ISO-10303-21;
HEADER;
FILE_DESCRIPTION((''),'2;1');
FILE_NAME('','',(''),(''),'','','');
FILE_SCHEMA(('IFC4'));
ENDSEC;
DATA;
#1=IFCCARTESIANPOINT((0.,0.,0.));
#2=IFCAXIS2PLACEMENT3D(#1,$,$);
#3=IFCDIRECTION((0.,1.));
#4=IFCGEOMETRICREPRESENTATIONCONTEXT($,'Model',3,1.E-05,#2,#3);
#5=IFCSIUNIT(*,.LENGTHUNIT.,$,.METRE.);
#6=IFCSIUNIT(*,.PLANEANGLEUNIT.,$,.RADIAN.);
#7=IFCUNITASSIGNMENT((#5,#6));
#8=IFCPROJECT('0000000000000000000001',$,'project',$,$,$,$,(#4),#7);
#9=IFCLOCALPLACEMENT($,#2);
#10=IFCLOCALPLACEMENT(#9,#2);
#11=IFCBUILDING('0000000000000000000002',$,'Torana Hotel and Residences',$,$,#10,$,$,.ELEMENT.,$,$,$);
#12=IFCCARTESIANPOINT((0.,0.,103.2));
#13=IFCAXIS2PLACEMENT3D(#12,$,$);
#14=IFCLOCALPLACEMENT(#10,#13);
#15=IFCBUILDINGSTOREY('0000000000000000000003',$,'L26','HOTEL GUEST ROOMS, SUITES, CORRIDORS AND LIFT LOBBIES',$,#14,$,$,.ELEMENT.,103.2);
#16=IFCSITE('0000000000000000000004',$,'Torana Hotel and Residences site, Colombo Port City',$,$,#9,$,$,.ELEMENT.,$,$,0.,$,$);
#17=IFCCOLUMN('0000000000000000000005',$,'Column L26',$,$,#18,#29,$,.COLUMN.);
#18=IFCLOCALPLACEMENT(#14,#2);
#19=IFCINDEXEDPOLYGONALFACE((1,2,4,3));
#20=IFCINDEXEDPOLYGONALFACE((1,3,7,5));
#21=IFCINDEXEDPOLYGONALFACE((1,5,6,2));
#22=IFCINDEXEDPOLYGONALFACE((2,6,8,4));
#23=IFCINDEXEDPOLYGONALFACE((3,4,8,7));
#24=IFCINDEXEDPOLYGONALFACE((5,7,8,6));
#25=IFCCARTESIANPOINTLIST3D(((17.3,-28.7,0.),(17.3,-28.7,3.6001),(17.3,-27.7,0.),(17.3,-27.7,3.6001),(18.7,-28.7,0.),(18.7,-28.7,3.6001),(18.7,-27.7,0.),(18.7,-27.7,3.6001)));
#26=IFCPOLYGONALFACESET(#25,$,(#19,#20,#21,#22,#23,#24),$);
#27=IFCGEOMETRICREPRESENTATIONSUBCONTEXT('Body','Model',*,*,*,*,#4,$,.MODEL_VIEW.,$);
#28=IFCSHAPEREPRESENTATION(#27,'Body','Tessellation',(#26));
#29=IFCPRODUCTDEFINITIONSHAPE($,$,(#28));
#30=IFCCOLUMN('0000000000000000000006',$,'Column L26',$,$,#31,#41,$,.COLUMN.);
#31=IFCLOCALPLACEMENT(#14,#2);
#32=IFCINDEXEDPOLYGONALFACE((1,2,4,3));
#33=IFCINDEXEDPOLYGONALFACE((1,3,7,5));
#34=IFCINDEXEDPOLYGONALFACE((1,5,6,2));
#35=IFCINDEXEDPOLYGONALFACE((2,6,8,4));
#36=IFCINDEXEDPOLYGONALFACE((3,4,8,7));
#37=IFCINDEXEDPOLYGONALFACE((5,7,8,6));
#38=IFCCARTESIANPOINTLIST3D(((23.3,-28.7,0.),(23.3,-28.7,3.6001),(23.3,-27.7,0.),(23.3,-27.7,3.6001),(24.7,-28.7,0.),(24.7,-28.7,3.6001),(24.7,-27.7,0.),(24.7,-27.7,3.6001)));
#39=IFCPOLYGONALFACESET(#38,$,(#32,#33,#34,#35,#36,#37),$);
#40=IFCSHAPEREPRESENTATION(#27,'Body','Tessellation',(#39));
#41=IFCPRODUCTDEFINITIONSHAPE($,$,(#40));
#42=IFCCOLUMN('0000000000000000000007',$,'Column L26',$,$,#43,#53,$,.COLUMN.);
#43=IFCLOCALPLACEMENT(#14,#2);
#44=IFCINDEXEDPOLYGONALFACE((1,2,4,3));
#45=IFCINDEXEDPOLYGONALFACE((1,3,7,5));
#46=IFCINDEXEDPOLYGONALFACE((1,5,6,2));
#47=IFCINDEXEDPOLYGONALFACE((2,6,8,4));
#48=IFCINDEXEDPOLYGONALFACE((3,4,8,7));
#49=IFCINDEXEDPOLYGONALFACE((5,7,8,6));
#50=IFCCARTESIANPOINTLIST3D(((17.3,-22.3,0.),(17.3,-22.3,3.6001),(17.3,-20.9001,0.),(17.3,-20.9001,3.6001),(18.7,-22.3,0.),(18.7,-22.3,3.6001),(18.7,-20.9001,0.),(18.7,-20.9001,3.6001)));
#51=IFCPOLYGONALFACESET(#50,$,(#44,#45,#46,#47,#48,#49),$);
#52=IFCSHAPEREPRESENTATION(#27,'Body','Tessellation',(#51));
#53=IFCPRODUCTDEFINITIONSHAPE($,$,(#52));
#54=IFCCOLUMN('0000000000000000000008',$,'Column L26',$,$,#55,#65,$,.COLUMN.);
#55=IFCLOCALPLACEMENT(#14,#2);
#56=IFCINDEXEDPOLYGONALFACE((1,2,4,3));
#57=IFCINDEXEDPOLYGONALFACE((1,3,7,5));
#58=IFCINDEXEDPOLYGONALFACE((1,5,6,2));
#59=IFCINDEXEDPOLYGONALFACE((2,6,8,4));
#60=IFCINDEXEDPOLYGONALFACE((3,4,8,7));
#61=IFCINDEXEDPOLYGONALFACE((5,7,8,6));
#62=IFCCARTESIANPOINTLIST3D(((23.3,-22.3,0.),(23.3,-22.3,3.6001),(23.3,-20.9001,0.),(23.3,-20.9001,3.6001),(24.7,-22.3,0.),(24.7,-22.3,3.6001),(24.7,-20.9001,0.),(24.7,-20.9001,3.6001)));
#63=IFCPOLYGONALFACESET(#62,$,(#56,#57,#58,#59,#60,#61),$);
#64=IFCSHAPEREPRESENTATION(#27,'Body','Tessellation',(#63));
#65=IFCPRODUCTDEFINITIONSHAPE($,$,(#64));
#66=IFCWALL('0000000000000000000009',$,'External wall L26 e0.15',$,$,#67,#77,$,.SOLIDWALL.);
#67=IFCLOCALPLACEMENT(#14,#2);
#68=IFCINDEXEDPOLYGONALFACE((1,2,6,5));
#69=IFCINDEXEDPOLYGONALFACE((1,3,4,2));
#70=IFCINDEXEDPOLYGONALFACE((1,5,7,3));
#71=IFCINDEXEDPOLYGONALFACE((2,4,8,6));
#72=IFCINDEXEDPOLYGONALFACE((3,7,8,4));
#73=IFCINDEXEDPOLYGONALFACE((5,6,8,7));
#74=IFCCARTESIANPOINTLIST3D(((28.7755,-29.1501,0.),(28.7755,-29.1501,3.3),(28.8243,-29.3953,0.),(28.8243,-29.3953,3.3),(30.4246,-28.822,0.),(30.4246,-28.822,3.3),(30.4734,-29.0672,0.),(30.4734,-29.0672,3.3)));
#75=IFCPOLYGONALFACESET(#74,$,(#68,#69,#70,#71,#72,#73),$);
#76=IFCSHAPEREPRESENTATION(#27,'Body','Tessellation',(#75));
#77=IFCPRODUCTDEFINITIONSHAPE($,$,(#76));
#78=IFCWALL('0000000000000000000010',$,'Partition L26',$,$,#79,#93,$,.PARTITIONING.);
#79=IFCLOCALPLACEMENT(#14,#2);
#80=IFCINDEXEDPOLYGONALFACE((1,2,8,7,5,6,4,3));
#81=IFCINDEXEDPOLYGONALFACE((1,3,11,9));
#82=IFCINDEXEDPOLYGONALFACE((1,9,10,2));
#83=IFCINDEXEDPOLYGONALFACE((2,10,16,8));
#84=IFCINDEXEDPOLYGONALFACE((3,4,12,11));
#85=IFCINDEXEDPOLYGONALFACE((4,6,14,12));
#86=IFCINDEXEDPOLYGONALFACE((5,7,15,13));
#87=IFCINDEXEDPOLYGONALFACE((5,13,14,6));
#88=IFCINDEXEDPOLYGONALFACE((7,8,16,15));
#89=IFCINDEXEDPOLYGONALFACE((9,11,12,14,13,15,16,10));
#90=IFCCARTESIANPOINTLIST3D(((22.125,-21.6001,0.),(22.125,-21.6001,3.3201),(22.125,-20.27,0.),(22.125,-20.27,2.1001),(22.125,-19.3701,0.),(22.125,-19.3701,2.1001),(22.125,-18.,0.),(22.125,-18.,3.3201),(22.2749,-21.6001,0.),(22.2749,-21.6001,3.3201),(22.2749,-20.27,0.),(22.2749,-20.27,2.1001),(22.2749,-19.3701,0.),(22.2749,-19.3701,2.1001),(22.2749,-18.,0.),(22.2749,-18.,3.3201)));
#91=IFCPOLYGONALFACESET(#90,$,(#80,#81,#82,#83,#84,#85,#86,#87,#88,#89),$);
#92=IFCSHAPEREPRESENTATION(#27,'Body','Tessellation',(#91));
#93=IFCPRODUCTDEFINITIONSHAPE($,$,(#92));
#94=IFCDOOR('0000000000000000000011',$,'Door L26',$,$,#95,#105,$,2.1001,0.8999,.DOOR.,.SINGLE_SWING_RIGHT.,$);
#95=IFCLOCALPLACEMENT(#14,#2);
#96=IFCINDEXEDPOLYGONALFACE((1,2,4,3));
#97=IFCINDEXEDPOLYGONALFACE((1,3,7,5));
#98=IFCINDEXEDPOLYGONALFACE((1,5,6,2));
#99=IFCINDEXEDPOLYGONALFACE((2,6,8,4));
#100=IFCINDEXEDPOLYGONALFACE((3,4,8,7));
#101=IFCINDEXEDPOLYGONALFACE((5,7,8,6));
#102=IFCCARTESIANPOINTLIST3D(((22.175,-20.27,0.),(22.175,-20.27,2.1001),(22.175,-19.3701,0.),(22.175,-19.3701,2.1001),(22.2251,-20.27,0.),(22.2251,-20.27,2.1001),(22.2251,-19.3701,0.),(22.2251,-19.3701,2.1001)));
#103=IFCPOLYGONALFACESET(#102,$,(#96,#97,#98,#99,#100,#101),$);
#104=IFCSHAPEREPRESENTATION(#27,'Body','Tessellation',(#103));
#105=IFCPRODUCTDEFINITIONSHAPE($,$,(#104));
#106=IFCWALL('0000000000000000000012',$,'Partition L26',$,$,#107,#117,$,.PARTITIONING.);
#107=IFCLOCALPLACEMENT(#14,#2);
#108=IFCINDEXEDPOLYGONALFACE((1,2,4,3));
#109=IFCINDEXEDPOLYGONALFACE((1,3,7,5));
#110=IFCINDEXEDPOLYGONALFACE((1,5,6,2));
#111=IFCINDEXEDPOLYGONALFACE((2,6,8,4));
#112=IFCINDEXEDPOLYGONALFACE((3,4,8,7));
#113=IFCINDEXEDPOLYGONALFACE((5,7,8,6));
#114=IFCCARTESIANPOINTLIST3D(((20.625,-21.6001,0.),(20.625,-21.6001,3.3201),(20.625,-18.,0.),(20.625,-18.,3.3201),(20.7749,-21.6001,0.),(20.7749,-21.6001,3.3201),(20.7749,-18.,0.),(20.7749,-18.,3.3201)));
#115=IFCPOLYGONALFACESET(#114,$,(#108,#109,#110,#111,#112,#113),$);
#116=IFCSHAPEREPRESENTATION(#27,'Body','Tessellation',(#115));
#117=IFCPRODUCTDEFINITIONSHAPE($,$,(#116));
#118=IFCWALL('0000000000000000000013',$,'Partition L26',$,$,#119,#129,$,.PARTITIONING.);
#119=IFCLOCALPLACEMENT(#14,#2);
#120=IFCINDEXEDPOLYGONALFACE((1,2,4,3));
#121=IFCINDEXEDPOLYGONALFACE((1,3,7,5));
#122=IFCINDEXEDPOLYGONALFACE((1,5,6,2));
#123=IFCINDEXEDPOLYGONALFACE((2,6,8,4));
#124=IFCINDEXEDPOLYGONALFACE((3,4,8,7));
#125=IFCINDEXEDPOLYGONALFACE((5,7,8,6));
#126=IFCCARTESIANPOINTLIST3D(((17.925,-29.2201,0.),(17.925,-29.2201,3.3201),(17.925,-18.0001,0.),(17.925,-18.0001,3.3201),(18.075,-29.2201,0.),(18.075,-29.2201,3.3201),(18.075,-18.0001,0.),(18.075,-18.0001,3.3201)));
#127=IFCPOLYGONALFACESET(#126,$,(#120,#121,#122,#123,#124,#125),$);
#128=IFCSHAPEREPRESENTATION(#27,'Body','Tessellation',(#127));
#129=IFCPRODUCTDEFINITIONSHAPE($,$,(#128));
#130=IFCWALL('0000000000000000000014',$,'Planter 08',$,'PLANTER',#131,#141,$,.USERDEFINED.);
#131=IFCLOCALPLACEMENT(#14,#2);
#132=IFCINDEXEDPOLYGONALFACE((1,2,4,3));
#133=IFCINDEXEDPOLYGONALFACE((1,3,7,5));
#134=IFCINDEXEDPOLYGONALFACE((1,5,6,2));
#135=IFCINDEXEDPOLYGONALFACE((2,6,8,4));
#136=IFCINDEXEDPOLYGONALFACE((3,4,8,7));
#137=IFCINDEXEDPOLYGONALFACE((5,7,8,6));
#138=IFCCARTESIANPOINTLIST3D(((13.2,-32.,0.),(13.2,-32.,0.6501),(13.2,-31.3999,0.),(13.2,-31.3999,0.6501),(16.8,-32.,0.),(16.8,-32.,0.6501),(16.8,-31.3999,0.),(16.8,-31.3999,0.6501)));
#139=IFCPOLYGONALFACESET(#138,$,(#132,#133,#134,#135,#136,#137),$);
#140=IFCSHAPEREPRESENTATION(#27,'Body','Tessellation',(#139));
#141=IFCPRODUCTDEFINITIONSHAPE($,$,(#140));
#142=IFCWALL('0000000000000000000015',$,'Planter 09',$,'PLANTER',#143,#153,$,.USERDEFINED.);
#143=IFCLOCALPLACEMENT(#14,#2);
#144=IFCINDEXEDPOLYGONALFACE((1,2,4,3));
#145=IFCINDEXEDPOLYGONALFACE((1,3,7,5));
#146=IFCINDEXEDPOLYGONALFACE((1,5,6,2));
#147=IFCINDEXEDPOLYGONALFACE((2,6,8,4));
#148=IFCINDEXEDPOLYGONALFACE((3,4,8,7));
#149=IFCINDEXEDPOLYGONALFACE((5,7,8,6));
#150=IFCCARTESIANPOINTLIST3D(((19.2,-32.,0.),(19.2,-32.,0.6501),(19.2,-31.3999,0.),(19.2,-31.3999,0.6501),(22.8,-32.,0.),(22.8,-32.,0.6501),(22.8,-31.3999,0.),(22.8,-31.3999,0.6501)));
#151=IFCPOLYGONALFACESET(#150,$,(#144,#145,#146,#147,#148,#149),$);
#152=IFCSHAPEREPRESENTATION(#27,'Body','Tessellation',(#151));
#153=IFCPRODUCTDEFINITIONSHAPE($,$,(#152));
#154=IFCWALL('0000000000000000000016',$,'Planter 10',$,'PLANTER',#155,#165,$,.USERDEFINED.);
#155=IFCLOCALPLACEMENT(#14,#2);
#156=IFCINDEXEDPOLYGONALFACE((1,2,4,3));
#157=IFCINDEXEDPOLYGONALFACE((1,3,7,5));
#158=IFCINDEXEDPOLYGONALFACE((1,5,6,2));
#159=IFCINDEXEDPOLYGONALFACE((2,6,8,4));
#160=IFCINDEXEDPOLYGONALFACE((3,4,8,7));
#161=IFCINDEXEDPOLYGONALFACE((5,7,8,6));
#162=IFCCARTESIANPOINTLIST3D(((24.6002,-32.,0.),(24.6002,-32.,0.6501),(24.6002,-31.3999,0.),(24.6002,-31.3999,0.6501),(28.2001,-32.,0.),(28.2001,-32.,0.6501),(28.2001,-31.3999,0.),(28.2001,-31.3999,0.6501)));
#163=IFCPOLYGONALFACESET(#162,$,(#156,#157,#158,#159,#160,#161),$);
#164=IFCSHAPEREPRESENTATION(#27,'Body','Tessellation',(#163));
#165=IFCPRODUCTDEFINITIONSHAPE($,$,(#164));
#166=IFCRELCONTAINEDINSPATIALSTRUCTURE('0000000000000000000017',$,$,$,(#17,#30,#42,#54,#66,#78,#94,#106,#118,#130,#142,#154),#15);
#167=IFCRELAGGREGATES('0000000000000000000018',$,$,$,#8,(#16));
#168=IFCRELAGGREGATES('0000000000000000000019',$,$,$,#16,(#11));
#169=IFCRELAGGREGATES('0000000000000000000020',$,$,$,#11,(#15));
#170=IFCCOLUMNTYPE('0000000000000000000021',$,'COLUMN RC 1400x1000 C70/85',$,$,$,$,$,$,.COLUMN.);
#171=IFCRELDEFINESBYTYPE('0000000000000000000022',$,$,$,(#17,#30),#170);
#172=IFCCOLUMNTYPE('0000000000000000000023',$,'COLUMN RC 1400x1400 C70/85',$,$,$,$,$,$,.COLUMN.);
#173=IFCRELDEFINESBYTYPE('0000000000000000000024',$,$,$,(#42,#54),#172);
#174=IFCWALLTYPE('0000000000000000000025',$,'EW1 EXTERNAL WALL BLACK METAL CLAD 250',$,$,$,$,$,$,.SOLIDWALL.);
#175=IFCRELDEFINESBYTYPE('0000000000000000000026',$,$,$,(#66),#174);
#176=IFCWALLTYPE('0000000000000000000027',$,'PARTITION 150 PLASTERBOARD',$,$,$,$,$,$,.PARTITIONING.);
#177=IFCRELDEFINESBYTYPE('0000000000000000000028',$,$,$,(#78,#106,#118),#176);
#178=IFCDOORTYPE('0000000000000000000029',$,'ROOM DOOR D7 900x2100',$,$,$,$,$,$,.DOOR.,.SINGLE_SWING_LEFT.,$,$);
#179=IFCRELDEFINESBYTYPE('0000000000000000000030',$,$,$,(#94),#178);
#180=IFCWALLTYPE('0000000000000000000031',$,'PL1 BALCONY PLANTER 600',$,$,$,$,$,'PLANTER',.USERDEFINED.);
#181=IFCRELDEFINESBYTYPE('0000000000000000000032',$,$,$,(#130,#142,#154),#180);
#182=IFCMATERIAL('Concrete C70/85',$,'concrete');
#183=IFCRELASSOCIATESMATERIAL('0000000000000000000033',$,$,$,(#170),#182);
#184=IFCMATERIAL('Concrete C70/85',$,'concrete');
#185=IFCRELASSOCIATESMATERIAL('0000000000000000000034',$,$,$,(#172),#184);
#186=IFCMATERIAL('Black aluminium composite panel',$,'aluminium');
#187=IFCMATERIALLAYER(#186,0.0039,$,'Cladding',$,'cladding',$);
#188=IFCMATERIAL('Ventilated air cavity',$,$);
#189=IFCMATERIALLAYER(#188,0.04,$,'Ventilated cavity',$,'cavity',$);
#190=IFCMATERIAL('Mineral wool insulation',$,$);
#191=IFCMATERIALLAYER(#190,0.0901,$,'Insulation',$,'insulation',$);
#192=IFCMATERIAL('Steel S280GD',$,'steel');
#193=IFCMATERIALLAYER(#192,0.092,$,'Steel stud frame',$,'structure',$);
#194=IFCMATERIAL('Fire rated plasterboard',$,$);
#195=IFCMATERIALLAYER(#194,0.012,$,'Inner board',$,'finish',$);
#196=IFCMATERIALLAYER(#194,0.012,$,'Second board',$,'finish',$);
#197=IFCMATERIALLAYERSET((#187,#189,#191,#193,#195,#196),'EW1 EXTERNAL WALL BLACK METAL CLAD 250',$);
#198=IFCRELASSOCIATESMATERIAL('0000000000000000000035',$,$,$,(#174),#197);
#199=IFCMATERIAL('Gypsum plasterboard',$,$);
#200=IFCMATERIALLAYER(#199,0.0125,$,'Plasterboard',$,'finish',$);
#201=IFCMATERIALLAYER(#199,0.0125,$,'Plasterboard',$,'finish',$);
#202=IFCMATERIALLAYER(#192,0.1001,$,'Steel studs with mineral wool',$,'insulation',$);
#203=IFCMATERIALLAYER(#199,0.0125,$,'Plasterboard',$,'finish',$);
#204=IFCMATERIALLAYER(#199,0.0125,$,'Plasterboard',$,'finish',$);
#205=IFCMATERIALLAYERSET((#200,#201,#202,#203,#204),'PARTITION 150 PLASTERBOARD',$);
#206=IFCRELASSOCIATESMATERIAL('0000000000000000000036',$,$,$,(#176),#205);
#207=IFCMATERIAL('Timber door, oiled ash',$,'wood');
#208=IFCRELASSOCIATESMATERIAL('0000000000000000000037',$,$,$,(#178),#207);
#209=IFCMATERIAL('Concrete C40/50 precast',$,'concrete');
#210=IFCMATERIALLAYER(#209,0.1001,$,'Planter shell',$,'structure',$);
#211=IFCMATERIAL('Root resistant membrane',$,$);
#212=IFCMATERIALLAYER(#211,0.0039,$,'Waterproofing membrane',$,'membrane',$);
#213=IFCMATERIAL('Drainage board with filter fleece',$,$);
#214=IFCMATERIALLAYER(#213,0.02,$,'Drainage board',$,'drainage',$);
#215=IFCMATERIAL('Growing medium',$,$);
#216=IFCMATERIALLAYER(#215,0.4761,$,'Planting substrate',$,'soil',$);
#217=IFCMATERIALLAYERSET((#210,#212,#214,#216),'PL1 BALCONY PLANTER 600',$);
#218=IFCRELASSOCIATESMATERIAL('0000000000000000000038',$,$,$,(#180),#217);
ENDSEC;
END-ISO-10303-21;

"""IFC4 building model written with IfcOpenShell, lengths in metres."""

from ifc_helpers import new_model, si_unit, direction, frame, frame_2d, origin, origin_2d, place, context, subcontext, project, spatial, rectangle, extrude, material, layer, layer_set, material_profile, profile_set, type_object, element, fill, save


model = new_model("IFC4")

# Units and contexts
model_context = context("Model", 3, precision=1e-05, world=origin(), true_north=direction((0.0, 1.0)))
body_context = subcontext(model_context, "Body", "Model", "MODEL_VIEW")
ifc_project = project(units=[si_unit("LENGTHUNIT", "METRE"), si_unit("PLANEANGLEUNIT", "RADIAN")], contexts=[model_context])

# Site, building, storey
site_placement = place(None, origin())
site = spatial("IfcSite", under=ifc_project, at=site_placement, Name="Torana Hotel and Residences site, Colombo Port City", CompositionType="ELEMENT", RefElevation=0.0)
building_placement = place(site_placement, origin())
building = spatial("IfcBuilding", under=site, at=building_placement, Name="Torana Hotel and Residences", CompositionType="ELEMENT")
storey_placement = place(building_placement, frame((0.0, 0.0, 103.2)))
storey = spatial("IfcBuildingStorey", under=building, at=storey_placement, Name="L26", Description="HOTEL GUEST ROOMS, SUITES, CORRIDORS AND LIFT LOBBIES", CompositionType="ELEMENT", Elevation=103.2)

# Columns
ifc_material_1 = material(Name="Concrete C70/85", Category="concrete")
ifc_material_profile_1 = material_profile(ifc_material_1, rectangle(XDim=1.3999, YDim=1.0, at=origin_2d()), Name="RC 1400x1000")
ifc_profile_set_1 = profile_set([ifc_material_profile_1], Name="Concrete C70/85")
column_type_1 = type_object("IfcColumnType", Name="COLUMN RC 1400x1000 C70/85", PredefinedType="COLUMN", material=ifc_profile_set_1)
for number, where, z_axis, x_axis, name in (
    (1, (18.0, -28.2, 0.0), (0.0, 0.0, 1.0), (1.0, 0.0, 0.0), "Column L26"),
    (2, (24.0, -28.2, 0.0), (0.0, 0.0, 1.0), (1.0, 0.0, 0.0), "Column L26"),
):
    element("IfcColumn", number, at=place(storey_placement, frame(where, z_axis=z_axis, x_axis=x_axis)), inside=storey, type_object=column_type_1, Name=name, PredefinedType="COLUMN", context=body_context, shape_type="SweptSolid", body=[
        extrude(rectangle(XDim=1.3999, YDim=1.0, at=origin_2d()), origin(), (0.0, 0.0, 1.0), 3.6001),
    ])
ifc_material_2 = material(Name="Concrete C70/85", Category="concrete")
ifc_material_profile_2 = material_profile(ifc_material_2, rectangle(XDim=1.3999, YDim=1.3999, at=origin_2d()), Name="RC 1400x1400")
ifc_profile_set_2 = profile_set([ifc_material_profile_2], Name="Concrete C70/85")
column_type_2 = type_object("IfcColumnType", Name="COLUMN RC 1400x1400 C70/85", PredefinedType="COLUMN", material=ifc_profile_set_2)
for number, where, z_axis, x_axis, name in (
    (3, (18.0, -21.6001, 0.0), (0.0, 0.0, 1.0), (1.0, 0.0, 0.0), "Column L26"),
    (4, (24.0, -21.6001, 0.0), (0.0, 0.0, 1.0), (1.0, 0.0, 0.0), "Column L26"),
):
    element("IfcColumn", number, at=place(storey_placement, frame(where, z_axis=z_axis, x_axis=x_axis)), inside=storey, type_object=column_type_2, Name=name, PredefinedType="COLUMN", context=body_context, shape_type="SweptSolid", body=[
        extrude(rectangle(XDim=1.3999, YDim=1.3999, at=origin_2d()), origin(), (0.0, 0.0, 1.0), 3.6001),
    ])

# Wall
ifc_material_3 = material(Name="Black aluminium composite panel", Category="aluminium")
ifc_layer_1 = layer(ifc_material_3, 0.0039, Name="Cladding", Category="cladding")
ifc_material_4 = material(Name="Ventilated air cavity")
ifc_layer_2 = layer(ifc_material_4, 0.04, Name="Ventilated cavity", Category="cavity")
ifc_material_5 = material(Name="Mineral wool insulation")
ifc_layer_3 = layer(ifc_material_5, 0.0901, Name="Insulation", Category="insulation")
ifc_material_6 = material(Name="Steel S280GD", Category="steel")
ifc_layer_4 = layer(ifc_material_6, 0.092, Name="Steel stud frame", Category="structure")
ifc_material_7 = material(Name="Fire rated plasterboard")
ifc_layer_5 = layer(ifc_material_7, 0.012, Name="Inner board", Category="finish")
ifc_layer_6 = layer(ifc_material_7, 0.012, Name="Second board", Category="finish")
ifc_layer_set_1 = layer_set([ifc_layer_1, ifc_layer_2, ifc_layer_3, ifc_layer_4, ifc_layer_5, ifc_layer_6], Name="EW1 EXTERNAL WALL BLACK METAL CLAD 250")
wall_type_1 = type_object("IfcWallType", Name="EW1 EXTERNAL WALL BLACK METAL CLAD 250", PredefinedType="SOLIDWALL", material=ifc_layer_set_1)
wall_1_placement = place(storey_placement, frame((28.7998, -29.2727, 0.0), z_axis=(0.0, 0.0, 1.0), x_axis=(0.980776, 0.195139, 0.0)))
element("IfcWall", 5, at=wall_1_placement, inside=storey, type_object=wall_type_1, Name="External wall L26 e0.15", PredefinedType="SOLIDWALL", context=body_context, shape_type="SweptSolid", body=[
    extrude(rectangle(XDim=1.6814, YDim=0.25, at=frame_2d((0.8408, 0.0))), origin(), (0.0, 0.0, 1.0), 3.3),
])

# Wall, opening, door
ifc_material_8 = material(Name="Gypsum plasterboard")
ifc_layer_7 = layer(ifc_material_8, 0.0125, Name="Plasterboard", Category="finish")
ifc_layer_8 = layer(ifc_material_8, 0.0125, Name="Plasterboard", Category="finish")
ifc_layer_9 = layer(ifc_material_6, 0.1001, Name="Steel studs with mineral wool", Category="insulation")
ifc_layer_10 = layer(ifc_material_8, 0.0125, Name="Plasterboard", Category="finish")
ifc_layer_11 = layer(ifc_material_8, 0.0125, Name="Plasterboard", Category="finish")
ifc_layer_set_2 = layer_set([ifc_layer_7, ifc_layer_8, ifc_layer_9, ifc_layer_10, ifc_layer_11], Name="PARTITION 150 PLASTERBOARD")
wall_type_2 = type_object("IfcWallType", Name="PARTITION 150 PLASTERBOARD", PredefinedType="PARTITIONING", material=ifc_layer_set_2)
wall_2_placement = place(storey_placement, frame((22.2, -21.6001, 0.0), z_axis=(0.0, 0.0, 1.0), x_axis=(0.0, 1.0, 0.0)))
wall_2 = element("IfcWall", 6, at=wall_2_placement, inside=storey, type_object=wall_type_2, Name="Partition L26", PredefinedType="PARTITIONING", context=body_context, shape_type="SweptSolid", body=[
    extrude(rectangle(XDim=3.6001, YDim=0.1499, at=frame_2d((1.8, 0.0))), origin(), (0.0, 0.0, 1.0), 3.3201),
])
opening_placement = place(wall_2_placement, frame((1.3301, 0.0, 0.0)))
opening = element("IfcOpeningElement", 7, at=opening_placement, cuts=wall_2, PredefinedType="OPENING", context=body_context, shape_type="SweptSolid", body=[
    extrude(rectangle(XDim=0.8999, YDim=2.1001, at=frame_2d((0.45, 1.05))), frame((0.0, 0.085, 0.0), z_axis=(0.0, -1.0, 0.0), x_axis=(1.0, 0.0, 0.0)), (0.0, 0.0, 1.0), 0.1699),
])
ifc_material_9 = material(Name="Timber door, oiled ash", Category="wood")
door_type = type_object("IfcDoorType", Name="ROOM DOOR D7 900x2100", OperationType="SINGLE_SWING_LEFT", PredefinedType="DOOR", material=ifc_material_9)
door_placement = place(opening_placement, origin())
door = element("IfcDoor", 8, at=door_placement, inside=storey, type_object=door_type, Name="Door L26", OperationType="SINGLE_SWING_RIGHT", OverallHeight=2.1001, OverallWidth=0.8999, PredefinedType="DOOR", context=body_context, shape_type="SweptSolid", body=[
    extrude(rectangle(XDim=0.8999, YDim=2.1001, at=frame_2d((0.45, 1.05))), frame((0.0, 0.0249, 0.0), z_axis=(0.0, -1.0, 0.0), x_axis=(1.0, 0.0, 0.0)), (0.0, 0.0, 1.0), 0.05),
])
fill(opening, door)

# Walls
wall_3_placement = place(storey_placement, frame((20.7, -21.6001, 0.0), z_axis=(0.0, 0.0, 1.0), x_axis=(0.0, 1.0, 0.0)))
element("IfcWall", 9, at=wall_3_placement, inside=storey, type_object=wall_type_2, Name="Partition L26", PredefinedType="PARTITIONING", context=body_context, shape_type="SweptSolid", body=[
    extrude(rectangle(XDim=3.6001, YDim=0.1499, at=frame_2d((1.8, 0.0))), origin(), (0.0, 0.0, 1.0), 3.3201),
])
wall_4_placement = place(storey_placement, frame((18.0, -29.22, 0.0), z_axis=(0.0, 0.0, 1.0), x_axis=(0.0, 1.0, 0.0)))
element("IfcWall", 10, at=wall_4_placement, inside=storey, type_object=wall_type_2, Name="Partition L26", PredefinedType="PARTITIONING", context=body_context, shape_type="SweptSolid", body=[
    extrude(rectangle(XDim=11.22, YDim=0.1499, at=frame_2d((5.6099, 0.0))), origin(), (0.0, 0.0, 1.0), 3.3201),
])
ifc_material_10 = material(Name="Concrete C40/50 precast", Category="concrete")
ifc_layer_12 = layer(ifc_material_10, 0.1001, Name="Planter shell", Category="structure")
ifc_material_11 = material(Name="Root resistant membrane")
ifc_layer_13 = layer(ifc_material_11, 0.0039, Name="Waterproofing membrane", Category="membrane")
ifc_material_12 = material(Name="Drainage board with filter fleece")
ifc_layer_14 = layer(ifc_material_12, 0.02, Name="Drainage board", Category="drainage")
ifc_material_13 = material(Name="Growing medium")
ifc_layer_15 = layer(ifc_material_13, 0.4761, Name="Planting substrate", Category="soil")
ifc_layer_set_3 = layer_set([ifc_layer_12, ifc_layer_13, ifc_layer_14, ifc_layer_15], Name="PL1 BALCONY PLANTER 600")
wall_type_3 = type_object("IfcWallType", Name="PL1 BALCONY PLANTER 600", ElementType="PLANTER", PredefinedType="USERDEFINED", material=ifc_layer_set_3)
for number, where, z_axis, x_axis, name in (
    (11, (16.8, -31.7, 0.0), (0.0, 0.0, 1.0), (-1.0, 0.0, 0.0), "Planter 08"),
    (12, (22.8, -31.7, 0.0), (0.0, 0.0, 1.0), (-1.0, 0.0, 0.0), "Planter 09"),
):
    element("IfcWall", number, at=place(storey_placement, frame(where, z_axis=z_axis, x_axis=x_axis)), inside=storey, type_object=wall_type_3, Name=name, ObjectType="PLANTER", PredefinedType="USERDEFINED", context=body_context, shape_type="SweptSolid", body=[
        extrude(rectangle(XDim=3.6001, YDim=0.6001, at=frame_2d((1.8, 0.0))), origin(), (0.0, 0.0, 1.0), 0.6501),
    ])
wall_5_placement = place(storey_placement, frame((28.2, -31.7, 0.0), z_axis=(0.0, 0.0, 1.0), x_axis=(-1.0, 0.0, 0.0)))
element("IfcWall", 13, at=wall_5_placement, inside=storey, type_object=wall_type_3, Name="Planter 10", ObjectType="PLANTER", PredefinedType="USERDEFINED", context=body_context, shape_type="SweptSolid", body=[
    extrude(rectangle(XDim=3.5999, YDim=0.6001, at=frame_2d((1.7998, 0.0))), origin(), (0.0, 0.0, 1.0), 0.6501),
])

save(model, "model.ifc")
